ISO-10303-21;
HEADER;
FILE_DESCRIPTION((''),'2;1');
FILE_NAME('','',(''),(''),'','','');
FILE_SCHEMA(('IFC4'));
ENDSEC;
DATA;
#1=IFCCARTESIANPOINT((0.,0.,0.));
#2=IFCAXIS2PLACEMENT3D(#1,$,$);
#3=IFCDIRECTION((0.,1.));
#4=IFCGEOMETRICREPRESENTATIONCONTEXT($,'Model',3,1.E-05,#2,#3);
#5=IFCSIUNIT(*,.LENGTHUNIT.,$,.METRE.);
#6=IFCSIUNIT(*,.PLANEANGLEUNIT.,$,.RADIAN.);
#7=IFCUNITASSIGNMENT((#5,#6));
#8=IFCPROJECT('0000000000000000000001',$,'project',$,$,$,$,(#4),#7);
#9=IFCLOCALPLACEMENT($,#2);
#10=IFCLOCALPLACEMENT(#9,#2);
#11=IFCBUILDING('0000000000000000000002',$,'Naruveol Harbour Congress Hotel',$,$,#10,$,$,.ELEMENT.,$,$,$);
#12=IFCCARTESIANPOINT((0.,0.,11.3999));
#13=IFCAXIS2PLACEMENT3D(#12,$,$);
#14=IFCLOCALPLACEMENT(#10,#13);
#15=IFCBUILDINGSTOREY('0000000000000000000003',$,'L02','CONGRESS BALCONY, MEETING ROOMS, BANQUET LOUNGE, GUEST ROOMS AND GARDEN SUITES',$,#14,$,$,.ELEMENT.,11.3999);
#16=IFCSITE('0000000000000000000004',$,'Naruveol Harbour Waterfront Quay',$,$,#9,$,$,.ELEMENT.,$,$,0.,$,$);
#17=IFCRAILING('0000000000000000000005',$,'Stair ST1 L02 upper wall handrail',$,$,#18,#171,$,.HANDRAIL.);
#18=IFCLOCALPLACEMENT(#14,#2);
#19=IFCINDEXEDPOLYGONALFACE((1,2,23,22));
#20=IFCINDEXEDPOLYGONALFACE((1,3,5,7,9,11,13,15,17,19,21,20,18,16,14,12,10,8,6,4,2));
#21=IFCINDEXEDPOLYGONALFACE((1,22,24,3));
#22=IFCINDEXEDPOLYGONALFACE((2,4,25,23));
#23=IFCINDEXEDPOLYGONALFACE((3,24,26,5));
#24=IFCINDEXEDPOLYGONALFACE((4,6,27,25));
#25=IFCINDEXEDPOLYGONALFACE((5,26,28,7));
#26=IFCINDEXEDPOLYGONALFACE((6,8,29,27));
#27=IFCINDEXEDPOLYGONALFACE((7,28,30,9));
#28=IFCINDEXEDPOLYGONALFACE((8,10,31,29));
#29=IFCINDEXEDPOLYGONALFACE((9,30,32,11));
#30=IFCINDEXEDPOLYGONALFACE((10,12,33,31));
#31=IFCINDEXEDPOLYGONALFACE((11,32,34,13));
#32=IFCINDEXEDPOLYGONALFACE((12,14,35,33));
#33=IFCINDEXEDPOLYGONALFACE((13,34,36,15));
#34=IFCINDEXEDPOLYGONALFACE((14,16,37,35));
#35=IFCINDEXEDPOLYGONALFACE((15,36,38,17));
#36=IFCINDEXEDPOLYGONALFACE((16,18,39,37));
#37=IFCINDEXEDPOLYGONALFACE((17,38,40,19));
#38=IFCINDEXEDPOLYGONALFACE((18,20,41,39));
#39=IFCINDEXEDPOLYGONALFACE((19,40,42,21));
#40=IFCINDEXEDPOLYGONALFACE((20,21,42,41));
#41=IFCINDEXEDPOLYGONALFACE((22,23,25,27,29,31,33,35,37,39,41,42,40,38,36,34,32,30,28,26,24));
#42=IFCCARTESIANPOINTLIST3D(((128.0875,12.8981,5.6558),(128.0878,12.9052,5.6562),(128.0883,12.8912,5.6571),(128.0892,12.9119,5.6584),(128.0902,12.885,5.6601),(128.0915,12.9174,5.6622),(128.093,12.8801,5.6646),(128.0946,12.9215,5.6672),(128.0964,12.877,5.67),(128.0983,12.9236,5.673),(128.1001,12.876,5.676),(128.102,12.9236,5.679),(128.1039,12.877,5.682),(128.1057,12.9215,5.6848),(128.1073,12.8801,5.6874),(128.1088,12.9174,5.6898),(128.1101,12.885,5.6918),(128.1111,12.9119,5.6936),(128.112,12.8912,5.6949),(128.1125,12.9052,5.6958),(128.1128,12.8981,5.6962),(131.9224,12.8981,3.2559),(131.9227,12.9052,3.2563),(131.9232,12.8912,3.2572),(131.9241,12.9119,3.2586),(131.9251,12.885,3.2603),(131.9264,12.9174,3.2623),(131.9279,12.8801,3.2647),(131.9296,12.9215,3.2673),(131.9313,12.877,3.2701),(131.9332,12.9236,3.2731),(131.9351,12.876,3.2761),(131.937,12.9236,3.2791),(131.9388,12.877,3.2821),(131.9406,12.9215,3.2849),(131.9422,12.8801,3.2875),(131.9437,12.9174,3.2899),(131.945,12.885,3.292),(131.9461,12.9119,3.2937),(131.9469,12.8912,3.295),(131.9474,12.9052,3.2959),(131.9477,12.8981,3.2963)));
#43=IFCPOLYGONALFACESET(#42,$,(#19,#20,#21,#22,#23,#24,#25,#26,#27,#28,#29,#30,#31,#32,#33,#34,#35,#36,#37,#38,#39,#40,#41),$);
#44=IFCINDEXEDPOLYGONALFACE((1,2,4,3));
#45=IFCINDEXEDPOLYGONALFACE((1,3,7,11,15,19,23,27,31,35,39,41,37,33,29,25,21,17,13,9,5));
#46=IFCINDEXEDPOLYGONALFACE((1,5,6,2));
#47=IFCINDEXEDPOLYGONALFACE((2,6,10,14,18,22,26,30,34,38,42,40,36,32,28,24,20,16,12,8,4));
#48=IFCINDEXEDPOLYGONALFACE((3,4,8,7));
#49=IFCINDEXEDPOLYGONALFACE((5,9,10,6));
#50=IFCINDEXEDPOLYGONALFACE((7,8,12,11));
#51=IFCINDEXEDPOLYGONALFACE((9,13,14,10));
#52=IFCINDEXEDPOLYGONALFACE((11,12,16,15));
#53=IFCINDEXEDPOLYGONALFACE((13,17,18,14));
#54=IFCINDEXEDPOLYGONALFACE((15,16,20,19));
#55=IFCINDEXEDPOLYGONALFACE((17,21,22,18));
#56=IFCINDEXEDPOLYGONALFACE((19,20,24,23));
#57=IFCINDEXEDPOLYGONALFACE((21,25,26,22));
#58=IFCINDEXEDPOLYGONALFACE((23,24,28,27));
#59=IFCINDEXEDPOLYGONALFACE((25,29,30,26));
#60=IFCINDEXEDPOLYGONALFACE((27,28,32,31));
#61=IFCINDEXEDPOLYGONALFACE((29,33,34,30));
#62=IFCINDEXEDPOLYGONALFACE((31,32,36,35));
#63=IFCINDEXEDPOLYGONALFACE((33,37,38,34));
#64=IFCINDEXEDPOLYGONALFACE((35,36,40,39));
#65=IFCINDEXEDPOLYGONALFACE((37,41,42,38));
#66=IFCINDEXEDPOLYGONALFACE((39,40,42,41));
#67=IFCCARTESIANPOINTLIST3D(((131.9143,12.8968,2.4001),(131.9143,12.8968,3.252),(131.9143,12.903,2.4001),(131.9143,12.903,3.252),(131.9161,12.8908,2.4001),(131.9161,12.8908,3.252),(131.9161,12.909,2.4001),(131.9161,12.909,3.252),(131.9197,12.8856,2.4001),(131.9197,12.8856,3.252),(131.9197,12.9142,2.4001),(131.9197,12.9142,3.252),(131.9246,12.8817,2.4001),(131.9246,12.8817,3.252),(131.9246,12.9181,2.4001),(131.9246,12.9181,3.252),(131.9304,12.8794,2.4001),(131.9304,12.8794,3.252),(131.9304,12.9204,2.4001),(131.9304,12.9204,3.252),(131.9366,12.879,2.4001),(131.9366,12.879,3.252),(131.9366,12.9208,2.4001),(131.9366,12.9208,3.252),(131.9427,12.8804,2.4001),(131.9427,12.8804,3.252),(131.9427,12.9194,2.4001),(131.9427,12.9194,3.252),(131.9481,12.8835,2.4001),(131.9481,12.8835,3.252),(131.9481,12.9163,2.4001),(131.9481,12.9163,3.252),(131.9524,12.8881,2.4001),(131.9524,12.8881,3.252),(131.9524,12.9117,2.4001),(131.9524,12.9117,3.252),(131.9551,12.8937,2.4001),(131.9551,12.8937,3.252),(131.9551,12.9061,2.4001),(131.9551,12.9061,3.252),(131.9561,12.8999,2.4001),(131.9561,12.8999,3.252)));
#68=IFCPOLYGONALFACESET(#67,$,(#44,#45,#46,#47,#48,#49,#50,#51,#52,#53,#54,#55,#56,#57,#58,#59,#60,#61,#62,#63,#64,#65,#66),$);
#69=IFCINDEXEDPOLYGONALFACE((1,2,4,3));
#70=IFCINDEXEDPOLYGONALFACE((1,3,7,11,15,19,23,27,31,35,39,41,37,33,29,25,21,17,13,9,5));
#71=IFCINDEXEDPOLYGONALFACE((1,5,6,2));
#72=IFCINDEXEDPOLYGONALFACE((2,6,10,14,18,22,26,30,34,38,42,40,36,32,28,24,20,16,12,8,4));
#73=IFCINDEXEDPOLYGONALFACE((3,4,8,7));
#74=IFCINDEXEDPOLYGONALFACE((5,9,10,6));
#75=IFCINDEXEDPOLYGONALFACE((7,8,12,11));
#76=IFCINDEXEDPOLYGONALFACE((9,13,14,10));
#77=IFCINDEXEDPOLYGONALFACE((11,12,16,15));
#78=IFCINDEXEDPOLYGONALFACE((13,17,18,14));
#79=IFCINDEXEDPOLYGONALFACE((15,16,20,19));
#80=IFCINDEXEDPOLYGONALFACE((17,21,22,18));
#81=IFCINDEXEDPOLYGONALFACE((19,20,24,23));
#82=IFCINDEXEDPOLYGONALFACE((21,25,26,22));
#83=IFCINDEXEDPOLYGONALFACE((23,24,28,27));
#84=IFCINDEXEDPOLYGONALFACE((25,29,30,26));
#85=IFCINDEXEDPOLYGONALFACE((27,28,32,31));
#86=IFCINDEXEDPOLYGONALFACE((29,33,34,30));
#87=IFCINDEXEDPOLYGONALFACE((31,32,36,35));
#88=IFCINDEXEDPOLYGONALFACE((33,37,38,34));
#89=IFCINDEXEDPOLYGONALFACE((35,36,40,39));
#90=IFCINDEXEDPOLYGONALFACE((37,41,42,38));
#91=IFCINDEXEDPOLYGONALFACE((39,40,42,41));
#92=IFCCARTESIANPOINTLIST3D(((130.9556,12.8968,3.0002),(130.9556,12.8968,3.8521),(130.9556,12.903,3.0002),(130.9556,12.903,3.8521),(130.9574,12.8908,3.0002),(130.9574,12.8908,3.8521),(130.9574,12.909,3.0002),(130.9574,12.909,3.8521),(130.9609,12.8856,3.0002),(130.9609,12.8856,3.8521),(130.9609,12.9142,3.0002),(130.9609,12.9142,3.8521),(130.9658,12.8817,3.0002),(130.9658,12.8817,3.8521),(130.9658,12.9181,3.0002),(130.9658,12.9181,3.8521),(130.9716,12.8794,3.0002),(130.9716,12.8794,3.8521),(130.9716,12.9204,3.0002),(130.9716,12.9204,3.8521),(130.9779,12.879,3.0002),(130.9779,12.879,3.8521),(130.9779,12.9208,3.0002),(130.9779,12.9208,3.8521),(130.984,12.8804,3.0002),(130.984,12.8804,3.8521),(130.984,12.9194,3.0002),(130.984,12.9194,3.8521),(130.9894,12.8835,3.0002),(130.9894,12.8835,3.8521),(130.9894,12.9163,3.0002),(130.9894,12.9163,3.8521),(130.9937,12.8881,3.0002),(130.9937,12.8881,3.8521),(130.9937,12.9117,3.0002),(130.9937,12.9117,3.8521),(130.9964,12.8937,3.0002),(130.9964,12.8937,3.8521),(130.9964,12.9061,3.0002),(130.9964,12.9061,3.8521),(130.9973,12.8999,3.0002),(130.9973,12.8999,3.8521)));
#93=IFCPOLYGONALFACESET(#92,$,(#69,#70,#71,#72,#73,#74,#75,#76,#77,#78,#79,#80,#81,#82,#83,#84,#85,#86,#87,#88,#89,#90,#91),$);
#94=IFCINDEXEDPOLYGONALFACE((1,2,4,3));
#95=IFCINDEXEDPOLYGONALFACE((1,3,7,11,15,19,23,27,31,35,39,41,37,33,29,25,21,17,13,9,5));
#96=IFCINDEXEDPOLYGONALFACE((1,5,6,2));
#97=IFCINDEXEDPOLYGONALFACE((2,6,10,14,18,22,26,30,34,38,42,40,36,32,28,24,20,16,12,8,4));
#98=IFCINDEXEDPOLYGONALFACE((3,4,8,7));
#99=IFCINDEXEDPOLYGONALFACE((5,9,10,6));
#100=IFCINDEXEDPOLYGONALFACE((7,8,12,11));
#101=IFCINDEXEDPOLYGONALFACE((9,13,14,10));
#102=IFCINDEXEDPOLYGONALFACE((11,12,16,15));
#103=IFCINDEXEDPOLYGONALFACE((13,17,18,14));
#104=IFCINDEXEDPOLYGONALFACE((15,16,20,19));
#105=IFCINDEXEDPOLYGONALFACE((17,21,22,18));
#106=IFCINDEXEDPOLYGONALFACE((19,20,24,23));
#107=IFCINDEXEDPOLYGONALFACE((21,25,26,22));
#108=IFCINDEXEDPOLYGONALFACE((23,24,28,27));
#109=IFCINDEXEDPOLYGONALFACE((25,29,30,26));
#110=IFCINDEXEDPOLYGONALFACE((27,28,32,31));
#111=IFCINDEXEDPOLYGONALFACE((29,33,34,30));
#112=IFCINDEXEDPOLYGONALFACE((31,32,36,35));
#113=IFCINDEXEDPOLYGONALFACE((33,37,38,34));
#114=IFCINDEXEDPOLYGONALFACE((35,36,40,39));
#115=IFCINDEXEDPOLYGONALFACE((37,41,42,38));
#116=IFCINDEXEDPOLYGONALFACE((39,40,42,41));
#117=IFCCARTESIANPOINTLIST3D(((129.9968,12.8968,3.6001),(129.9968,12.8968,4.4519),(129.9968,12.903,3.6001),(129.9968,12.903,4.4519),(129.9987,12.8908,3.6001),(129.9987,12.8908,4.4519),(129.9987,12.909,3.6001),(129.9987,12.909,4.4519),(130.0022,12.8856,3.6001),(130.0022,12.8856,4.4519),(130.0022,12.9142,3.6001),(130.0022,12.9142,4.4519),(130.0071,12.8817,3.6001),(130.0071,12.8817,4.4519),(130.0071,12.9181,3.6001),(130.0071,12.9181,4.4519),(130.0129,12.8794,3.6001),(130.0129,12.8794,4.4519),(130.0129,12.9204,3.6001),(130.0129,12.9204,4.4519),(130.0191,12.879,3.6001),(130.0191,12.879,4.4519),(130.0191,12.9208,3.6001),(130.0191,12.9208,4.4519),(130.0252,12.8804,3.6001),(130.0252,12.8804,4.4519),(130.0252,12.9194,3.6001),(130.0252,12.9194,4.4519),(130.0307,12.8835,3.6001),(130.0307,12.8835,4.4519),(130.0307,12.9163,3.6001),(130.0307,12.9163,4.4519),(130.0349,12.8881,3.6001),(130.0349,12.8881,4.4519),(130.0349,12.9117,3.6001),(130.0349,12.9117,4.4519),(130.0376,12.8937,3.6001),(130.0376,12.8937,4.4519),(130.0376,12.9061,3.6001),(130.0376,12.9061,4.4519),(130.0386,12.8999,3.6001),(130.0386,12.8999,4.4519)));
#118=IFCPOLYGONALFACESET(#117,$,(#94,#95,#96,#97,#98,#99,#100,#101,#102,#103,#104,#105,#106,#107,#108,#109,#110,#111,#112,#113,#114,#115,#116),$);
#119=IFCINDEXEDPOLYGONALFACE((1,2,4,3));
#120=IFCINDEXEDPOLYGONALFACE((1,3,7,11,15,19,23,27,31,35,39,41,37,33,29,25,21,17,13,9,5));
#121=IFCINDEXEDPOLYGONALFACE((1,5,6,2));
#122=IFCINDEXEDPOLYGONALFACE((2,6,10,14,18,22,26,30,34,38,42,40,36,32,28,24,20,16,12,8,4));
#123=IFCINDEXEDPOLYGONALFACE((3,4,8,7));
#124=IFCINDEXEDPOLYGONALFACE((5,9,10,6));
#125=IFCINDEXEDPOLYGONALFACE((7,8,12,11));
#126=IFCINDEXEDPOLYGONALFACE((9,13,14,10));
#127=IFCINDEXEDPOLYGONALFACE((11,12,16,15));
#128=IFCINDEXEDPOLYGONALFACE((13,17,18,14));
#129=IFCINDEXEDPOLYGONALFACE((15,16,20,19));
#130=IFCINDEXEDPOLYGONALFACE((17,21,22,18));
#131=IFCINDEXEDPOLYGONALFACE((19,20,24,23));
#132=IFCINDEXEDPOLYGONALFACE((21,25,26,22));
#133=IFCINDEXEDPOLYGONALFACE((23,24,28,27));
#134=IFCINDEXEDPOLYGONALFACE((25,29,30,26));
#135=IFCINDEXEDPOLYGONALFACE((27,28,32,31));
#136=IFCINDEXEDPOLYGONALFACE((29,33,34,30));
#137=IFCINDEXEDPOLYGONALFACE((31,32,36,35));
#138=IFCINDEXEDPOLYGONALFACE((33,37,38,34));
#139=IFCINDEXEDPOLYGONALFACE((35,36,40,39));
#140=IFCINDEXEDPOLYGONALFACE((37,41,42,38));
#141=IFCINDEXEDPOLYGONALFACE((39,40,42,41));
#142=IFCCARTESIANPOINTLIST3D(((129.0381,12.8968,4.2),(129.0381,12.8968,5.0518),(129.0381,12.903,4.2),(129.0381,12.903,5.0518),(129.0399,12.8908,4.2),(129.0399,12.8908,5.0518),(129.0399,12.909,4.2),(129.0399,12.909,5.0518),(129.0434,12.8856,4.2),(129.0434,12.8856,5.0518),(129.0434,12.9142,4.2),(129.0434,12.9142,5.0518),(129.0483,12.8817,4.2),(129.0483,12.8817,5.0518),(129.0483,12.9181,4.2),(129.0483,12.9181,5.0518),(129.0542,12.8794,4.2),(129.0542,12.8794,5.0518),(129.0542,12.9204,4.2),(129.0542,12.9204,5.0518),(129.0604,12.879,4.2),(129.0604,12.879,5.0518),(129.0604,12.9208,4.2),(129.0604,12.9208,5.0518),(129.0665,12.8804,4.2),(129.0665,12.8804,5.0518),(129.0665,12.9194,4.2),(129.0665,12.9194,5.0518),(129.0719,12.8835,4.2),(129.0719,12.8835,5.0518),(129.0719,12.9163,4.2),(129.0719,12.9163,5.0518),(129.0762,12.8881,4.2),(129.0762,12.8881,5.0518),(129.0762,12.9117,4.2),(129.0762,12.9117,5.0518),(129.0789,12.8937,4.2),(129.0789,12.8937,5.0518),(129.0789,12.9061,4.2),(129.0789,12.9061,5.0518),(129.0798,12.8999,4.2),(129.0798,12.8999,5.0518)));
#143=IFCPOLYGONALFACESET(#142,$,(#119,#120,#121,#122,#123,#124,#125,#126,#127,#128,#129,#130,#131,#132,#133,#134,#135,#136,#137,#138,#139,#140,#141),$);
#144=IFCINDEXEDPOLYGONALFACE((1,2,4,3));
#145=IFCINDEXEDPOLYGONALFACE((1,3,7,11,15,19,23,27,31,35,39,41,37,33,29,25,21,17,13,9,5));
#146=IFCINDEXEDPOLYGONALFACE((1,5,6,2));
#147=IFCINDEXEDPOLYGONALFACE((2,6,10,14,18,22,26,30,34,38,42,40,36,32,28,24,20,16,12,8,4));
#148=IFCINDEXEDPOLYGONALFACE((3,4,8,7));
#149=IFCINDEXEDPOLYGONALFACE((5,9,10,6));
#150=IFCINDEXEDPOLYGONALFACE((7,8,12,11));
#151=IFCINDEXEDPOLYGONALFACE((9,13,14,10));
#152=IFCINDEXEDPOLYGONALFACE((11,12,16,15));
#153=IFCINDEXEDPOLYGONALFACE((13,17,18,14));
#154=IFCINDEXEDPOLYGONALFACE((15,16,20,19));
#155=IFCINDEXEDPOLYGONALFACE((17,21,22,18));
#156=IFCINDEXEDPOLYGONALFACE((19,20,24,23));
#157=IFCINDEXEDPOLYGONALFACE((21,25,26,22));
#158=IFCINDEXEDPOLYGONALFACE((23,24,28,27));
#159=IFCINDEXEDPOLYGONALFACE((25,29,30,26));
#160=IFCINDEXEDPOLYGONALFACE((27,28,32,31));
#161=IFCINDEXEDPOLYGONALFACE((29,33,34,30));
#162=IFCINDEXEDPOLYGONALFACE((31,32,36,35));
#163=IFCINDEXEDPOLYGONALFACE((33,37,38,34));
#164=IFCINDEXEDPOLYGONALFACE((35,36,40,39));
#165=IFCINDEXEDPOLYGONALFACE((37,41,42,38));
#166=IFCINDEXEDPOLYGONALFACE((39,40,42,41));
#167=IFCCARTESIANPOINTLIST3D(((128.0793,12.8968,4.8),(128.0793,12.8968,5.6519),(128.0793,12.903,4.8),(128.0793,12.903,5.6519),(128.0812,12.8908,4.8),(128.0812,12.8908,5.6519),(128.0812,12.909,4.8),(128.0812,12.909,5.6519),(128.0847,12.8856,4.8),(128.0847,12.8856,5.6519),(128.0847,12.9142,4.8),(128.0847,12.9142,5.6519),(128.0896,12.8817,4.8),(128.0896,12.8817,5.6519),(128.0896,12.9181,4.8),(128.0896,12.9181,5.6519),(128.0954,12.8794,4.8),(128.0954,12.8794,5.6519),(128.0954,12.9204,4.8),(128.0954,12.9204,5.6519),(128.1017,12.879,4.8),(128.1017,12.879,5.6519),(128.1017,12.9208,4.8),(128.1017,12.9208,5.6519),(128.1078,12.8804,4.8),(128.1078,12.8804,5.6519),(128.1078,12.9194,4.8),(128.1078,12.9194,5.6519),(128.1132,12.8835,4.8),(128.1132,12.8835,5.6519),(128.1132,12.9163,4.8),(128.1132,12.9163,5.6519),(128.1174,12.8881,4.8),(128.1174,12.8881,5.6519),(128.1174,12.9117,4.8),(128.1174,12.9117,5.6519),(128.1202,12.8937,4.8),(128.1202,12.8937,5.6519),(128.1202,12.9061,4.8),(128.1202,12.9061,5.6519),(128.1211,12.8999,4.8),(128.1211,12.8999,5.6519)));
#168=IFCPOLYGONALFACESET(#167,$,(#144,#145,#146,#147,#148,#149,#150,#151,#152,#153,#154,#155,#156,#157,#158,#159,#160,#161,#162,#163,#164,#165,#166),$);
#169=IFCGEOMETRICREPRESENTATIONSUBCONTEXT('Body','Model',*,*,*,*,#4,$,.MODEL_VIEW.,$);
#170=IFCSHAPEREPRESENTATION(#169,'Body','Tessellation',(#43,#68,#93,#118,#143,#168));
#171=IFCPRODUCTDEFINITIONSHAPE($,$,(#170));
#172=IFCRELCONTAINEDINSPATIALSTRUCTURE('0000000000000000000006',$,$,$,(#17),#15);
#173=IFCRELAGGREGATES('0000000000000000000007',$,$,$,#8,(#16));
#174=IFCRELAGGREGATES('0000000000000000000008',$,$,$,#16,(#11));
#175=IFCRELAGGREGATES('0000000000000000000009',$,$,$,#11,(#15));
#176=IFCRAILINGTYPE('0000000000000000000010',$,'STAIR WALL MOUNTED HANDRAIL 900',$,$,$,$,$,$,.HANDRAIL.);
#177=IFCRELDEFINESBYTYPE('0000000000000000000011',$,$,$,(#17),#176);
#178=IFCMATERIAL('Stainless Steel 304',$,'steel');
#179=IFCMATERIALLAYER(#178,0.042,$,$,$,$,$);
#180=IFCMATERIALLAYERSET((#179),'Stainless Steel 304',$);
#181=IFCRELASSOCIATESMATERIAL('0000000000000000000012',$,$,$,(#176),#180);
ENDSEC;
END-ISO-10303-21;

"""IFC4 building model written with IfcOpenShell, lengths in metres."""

from ifc_helpers import new_model, si_unit, direction, frame, origin, origin_2d, place, context, subcontext, project, spatial, circle, extrude, material, layer, layer_set, type_object, element, save


model = new_model("IFC4")

# Units and contexts
model_context = context("Model", 3, precision=1e-05, world=origin(), true_north=direction((0.0, 1.0)))
body_context = subcontext(model_context, "Body", "Model", "MODEL_VIEW")
ifc_project = project(units=[si_unit("LENGTHUNIT", "METRE"), si_unit("PLANEANGLEUNIT", "RADIAN")], contexts=[model_context])

# Site, building, storey
site_placement = place(None, origin())
site = spatial("IfcSite", under=ifc_project, at=site_placement, Name="Naruveol Harbour Waterfront Quay", CompositionType="ELEMENT", RefElevation=0.0)
building_placement = place(site_placement, origin())
building = spatial("IfcBuilding", under=site, at=building_placement, Name="Naruveol Harbour Congress Hotel", CompositionType="ELEMENT")
storey_placement = place(building_placement, frame((0.0, 0.0, 11.3999)))
storey = spatial("IfcBuildingStorey", under=building, at=storey_placement, Name="L02", Description="CONGRESS BALCONY, MEETING ROOMS, BANQUET LOUNGE, GUEST ROOMS AND GARDEN SUITES", CompositionType="ELEMENT", Elevation=11.3999)

# Railing
ifc_material_1 = material(Name="Stainless Steel 304", Category="steel")
ifc_layer_1 = layer(ifc_material_1, 0.042)
ifc_layer_set_1 = layer_set([ifc_layer_1], Name="Stainless Steel 304")
railing_type_1 = type_object("IfcRailingType", Name="STAIR WALL MOUNTED HANDRAIL 900", PredefinedType="HANDRAIL", material=ifc_layer_set_1)
railing_1_placement = place(storey_placement, frame((131.9351, 12.8999, 2.4001)))
element("IfcRailing", 1, at=railing_1_placement, inside=storey, type_object=railing_type_1, Name="Stair ST1 L02 upper wall handrail", PredefinedType="HANDRAIL", context=body_context, shape_type="SweptSolid", body=[
    extrude(circle(Radius=0.0239, at=origin_2d()), frame((0.0, 0.0, 0.876), z_axis=(-0.847695, 0.0, 0.530484), x_axis=(0.0, -1.0, 0.0)), (0.0, 0.0, 1.0), 4.5239),
    extrude(circle(Radius=0.021, at=origin_2d()), origin(), (0.0, 0.0, 1.0), 0.8518),
    extrude(circle(Radius=0.021, at=origin_2d()), frame((-0.9587, 0.0, 0.6001)), (0.0, 0.0, 1.0), 0.8518),
    extrude(circle(Radius=0.021, at=origin_2d()), frame((-1.9175, 0.0, 1.2)), (0.0, 0.0, 1.0), 0.8518),
    extrude(circle(Radius=0.021, at=origin_2d()), frame((-2.8762, 0.0, 1.7998)), (0.0, 0.0, 1.0), 0.8518),
    extrude(circle(Radius=0.021, at=origin_2d()), frame((-3.835, 0.0, 2.3999)), (0.0, 0.0, 1.0), 0.8518),
])

save(model, "model.ifc")
